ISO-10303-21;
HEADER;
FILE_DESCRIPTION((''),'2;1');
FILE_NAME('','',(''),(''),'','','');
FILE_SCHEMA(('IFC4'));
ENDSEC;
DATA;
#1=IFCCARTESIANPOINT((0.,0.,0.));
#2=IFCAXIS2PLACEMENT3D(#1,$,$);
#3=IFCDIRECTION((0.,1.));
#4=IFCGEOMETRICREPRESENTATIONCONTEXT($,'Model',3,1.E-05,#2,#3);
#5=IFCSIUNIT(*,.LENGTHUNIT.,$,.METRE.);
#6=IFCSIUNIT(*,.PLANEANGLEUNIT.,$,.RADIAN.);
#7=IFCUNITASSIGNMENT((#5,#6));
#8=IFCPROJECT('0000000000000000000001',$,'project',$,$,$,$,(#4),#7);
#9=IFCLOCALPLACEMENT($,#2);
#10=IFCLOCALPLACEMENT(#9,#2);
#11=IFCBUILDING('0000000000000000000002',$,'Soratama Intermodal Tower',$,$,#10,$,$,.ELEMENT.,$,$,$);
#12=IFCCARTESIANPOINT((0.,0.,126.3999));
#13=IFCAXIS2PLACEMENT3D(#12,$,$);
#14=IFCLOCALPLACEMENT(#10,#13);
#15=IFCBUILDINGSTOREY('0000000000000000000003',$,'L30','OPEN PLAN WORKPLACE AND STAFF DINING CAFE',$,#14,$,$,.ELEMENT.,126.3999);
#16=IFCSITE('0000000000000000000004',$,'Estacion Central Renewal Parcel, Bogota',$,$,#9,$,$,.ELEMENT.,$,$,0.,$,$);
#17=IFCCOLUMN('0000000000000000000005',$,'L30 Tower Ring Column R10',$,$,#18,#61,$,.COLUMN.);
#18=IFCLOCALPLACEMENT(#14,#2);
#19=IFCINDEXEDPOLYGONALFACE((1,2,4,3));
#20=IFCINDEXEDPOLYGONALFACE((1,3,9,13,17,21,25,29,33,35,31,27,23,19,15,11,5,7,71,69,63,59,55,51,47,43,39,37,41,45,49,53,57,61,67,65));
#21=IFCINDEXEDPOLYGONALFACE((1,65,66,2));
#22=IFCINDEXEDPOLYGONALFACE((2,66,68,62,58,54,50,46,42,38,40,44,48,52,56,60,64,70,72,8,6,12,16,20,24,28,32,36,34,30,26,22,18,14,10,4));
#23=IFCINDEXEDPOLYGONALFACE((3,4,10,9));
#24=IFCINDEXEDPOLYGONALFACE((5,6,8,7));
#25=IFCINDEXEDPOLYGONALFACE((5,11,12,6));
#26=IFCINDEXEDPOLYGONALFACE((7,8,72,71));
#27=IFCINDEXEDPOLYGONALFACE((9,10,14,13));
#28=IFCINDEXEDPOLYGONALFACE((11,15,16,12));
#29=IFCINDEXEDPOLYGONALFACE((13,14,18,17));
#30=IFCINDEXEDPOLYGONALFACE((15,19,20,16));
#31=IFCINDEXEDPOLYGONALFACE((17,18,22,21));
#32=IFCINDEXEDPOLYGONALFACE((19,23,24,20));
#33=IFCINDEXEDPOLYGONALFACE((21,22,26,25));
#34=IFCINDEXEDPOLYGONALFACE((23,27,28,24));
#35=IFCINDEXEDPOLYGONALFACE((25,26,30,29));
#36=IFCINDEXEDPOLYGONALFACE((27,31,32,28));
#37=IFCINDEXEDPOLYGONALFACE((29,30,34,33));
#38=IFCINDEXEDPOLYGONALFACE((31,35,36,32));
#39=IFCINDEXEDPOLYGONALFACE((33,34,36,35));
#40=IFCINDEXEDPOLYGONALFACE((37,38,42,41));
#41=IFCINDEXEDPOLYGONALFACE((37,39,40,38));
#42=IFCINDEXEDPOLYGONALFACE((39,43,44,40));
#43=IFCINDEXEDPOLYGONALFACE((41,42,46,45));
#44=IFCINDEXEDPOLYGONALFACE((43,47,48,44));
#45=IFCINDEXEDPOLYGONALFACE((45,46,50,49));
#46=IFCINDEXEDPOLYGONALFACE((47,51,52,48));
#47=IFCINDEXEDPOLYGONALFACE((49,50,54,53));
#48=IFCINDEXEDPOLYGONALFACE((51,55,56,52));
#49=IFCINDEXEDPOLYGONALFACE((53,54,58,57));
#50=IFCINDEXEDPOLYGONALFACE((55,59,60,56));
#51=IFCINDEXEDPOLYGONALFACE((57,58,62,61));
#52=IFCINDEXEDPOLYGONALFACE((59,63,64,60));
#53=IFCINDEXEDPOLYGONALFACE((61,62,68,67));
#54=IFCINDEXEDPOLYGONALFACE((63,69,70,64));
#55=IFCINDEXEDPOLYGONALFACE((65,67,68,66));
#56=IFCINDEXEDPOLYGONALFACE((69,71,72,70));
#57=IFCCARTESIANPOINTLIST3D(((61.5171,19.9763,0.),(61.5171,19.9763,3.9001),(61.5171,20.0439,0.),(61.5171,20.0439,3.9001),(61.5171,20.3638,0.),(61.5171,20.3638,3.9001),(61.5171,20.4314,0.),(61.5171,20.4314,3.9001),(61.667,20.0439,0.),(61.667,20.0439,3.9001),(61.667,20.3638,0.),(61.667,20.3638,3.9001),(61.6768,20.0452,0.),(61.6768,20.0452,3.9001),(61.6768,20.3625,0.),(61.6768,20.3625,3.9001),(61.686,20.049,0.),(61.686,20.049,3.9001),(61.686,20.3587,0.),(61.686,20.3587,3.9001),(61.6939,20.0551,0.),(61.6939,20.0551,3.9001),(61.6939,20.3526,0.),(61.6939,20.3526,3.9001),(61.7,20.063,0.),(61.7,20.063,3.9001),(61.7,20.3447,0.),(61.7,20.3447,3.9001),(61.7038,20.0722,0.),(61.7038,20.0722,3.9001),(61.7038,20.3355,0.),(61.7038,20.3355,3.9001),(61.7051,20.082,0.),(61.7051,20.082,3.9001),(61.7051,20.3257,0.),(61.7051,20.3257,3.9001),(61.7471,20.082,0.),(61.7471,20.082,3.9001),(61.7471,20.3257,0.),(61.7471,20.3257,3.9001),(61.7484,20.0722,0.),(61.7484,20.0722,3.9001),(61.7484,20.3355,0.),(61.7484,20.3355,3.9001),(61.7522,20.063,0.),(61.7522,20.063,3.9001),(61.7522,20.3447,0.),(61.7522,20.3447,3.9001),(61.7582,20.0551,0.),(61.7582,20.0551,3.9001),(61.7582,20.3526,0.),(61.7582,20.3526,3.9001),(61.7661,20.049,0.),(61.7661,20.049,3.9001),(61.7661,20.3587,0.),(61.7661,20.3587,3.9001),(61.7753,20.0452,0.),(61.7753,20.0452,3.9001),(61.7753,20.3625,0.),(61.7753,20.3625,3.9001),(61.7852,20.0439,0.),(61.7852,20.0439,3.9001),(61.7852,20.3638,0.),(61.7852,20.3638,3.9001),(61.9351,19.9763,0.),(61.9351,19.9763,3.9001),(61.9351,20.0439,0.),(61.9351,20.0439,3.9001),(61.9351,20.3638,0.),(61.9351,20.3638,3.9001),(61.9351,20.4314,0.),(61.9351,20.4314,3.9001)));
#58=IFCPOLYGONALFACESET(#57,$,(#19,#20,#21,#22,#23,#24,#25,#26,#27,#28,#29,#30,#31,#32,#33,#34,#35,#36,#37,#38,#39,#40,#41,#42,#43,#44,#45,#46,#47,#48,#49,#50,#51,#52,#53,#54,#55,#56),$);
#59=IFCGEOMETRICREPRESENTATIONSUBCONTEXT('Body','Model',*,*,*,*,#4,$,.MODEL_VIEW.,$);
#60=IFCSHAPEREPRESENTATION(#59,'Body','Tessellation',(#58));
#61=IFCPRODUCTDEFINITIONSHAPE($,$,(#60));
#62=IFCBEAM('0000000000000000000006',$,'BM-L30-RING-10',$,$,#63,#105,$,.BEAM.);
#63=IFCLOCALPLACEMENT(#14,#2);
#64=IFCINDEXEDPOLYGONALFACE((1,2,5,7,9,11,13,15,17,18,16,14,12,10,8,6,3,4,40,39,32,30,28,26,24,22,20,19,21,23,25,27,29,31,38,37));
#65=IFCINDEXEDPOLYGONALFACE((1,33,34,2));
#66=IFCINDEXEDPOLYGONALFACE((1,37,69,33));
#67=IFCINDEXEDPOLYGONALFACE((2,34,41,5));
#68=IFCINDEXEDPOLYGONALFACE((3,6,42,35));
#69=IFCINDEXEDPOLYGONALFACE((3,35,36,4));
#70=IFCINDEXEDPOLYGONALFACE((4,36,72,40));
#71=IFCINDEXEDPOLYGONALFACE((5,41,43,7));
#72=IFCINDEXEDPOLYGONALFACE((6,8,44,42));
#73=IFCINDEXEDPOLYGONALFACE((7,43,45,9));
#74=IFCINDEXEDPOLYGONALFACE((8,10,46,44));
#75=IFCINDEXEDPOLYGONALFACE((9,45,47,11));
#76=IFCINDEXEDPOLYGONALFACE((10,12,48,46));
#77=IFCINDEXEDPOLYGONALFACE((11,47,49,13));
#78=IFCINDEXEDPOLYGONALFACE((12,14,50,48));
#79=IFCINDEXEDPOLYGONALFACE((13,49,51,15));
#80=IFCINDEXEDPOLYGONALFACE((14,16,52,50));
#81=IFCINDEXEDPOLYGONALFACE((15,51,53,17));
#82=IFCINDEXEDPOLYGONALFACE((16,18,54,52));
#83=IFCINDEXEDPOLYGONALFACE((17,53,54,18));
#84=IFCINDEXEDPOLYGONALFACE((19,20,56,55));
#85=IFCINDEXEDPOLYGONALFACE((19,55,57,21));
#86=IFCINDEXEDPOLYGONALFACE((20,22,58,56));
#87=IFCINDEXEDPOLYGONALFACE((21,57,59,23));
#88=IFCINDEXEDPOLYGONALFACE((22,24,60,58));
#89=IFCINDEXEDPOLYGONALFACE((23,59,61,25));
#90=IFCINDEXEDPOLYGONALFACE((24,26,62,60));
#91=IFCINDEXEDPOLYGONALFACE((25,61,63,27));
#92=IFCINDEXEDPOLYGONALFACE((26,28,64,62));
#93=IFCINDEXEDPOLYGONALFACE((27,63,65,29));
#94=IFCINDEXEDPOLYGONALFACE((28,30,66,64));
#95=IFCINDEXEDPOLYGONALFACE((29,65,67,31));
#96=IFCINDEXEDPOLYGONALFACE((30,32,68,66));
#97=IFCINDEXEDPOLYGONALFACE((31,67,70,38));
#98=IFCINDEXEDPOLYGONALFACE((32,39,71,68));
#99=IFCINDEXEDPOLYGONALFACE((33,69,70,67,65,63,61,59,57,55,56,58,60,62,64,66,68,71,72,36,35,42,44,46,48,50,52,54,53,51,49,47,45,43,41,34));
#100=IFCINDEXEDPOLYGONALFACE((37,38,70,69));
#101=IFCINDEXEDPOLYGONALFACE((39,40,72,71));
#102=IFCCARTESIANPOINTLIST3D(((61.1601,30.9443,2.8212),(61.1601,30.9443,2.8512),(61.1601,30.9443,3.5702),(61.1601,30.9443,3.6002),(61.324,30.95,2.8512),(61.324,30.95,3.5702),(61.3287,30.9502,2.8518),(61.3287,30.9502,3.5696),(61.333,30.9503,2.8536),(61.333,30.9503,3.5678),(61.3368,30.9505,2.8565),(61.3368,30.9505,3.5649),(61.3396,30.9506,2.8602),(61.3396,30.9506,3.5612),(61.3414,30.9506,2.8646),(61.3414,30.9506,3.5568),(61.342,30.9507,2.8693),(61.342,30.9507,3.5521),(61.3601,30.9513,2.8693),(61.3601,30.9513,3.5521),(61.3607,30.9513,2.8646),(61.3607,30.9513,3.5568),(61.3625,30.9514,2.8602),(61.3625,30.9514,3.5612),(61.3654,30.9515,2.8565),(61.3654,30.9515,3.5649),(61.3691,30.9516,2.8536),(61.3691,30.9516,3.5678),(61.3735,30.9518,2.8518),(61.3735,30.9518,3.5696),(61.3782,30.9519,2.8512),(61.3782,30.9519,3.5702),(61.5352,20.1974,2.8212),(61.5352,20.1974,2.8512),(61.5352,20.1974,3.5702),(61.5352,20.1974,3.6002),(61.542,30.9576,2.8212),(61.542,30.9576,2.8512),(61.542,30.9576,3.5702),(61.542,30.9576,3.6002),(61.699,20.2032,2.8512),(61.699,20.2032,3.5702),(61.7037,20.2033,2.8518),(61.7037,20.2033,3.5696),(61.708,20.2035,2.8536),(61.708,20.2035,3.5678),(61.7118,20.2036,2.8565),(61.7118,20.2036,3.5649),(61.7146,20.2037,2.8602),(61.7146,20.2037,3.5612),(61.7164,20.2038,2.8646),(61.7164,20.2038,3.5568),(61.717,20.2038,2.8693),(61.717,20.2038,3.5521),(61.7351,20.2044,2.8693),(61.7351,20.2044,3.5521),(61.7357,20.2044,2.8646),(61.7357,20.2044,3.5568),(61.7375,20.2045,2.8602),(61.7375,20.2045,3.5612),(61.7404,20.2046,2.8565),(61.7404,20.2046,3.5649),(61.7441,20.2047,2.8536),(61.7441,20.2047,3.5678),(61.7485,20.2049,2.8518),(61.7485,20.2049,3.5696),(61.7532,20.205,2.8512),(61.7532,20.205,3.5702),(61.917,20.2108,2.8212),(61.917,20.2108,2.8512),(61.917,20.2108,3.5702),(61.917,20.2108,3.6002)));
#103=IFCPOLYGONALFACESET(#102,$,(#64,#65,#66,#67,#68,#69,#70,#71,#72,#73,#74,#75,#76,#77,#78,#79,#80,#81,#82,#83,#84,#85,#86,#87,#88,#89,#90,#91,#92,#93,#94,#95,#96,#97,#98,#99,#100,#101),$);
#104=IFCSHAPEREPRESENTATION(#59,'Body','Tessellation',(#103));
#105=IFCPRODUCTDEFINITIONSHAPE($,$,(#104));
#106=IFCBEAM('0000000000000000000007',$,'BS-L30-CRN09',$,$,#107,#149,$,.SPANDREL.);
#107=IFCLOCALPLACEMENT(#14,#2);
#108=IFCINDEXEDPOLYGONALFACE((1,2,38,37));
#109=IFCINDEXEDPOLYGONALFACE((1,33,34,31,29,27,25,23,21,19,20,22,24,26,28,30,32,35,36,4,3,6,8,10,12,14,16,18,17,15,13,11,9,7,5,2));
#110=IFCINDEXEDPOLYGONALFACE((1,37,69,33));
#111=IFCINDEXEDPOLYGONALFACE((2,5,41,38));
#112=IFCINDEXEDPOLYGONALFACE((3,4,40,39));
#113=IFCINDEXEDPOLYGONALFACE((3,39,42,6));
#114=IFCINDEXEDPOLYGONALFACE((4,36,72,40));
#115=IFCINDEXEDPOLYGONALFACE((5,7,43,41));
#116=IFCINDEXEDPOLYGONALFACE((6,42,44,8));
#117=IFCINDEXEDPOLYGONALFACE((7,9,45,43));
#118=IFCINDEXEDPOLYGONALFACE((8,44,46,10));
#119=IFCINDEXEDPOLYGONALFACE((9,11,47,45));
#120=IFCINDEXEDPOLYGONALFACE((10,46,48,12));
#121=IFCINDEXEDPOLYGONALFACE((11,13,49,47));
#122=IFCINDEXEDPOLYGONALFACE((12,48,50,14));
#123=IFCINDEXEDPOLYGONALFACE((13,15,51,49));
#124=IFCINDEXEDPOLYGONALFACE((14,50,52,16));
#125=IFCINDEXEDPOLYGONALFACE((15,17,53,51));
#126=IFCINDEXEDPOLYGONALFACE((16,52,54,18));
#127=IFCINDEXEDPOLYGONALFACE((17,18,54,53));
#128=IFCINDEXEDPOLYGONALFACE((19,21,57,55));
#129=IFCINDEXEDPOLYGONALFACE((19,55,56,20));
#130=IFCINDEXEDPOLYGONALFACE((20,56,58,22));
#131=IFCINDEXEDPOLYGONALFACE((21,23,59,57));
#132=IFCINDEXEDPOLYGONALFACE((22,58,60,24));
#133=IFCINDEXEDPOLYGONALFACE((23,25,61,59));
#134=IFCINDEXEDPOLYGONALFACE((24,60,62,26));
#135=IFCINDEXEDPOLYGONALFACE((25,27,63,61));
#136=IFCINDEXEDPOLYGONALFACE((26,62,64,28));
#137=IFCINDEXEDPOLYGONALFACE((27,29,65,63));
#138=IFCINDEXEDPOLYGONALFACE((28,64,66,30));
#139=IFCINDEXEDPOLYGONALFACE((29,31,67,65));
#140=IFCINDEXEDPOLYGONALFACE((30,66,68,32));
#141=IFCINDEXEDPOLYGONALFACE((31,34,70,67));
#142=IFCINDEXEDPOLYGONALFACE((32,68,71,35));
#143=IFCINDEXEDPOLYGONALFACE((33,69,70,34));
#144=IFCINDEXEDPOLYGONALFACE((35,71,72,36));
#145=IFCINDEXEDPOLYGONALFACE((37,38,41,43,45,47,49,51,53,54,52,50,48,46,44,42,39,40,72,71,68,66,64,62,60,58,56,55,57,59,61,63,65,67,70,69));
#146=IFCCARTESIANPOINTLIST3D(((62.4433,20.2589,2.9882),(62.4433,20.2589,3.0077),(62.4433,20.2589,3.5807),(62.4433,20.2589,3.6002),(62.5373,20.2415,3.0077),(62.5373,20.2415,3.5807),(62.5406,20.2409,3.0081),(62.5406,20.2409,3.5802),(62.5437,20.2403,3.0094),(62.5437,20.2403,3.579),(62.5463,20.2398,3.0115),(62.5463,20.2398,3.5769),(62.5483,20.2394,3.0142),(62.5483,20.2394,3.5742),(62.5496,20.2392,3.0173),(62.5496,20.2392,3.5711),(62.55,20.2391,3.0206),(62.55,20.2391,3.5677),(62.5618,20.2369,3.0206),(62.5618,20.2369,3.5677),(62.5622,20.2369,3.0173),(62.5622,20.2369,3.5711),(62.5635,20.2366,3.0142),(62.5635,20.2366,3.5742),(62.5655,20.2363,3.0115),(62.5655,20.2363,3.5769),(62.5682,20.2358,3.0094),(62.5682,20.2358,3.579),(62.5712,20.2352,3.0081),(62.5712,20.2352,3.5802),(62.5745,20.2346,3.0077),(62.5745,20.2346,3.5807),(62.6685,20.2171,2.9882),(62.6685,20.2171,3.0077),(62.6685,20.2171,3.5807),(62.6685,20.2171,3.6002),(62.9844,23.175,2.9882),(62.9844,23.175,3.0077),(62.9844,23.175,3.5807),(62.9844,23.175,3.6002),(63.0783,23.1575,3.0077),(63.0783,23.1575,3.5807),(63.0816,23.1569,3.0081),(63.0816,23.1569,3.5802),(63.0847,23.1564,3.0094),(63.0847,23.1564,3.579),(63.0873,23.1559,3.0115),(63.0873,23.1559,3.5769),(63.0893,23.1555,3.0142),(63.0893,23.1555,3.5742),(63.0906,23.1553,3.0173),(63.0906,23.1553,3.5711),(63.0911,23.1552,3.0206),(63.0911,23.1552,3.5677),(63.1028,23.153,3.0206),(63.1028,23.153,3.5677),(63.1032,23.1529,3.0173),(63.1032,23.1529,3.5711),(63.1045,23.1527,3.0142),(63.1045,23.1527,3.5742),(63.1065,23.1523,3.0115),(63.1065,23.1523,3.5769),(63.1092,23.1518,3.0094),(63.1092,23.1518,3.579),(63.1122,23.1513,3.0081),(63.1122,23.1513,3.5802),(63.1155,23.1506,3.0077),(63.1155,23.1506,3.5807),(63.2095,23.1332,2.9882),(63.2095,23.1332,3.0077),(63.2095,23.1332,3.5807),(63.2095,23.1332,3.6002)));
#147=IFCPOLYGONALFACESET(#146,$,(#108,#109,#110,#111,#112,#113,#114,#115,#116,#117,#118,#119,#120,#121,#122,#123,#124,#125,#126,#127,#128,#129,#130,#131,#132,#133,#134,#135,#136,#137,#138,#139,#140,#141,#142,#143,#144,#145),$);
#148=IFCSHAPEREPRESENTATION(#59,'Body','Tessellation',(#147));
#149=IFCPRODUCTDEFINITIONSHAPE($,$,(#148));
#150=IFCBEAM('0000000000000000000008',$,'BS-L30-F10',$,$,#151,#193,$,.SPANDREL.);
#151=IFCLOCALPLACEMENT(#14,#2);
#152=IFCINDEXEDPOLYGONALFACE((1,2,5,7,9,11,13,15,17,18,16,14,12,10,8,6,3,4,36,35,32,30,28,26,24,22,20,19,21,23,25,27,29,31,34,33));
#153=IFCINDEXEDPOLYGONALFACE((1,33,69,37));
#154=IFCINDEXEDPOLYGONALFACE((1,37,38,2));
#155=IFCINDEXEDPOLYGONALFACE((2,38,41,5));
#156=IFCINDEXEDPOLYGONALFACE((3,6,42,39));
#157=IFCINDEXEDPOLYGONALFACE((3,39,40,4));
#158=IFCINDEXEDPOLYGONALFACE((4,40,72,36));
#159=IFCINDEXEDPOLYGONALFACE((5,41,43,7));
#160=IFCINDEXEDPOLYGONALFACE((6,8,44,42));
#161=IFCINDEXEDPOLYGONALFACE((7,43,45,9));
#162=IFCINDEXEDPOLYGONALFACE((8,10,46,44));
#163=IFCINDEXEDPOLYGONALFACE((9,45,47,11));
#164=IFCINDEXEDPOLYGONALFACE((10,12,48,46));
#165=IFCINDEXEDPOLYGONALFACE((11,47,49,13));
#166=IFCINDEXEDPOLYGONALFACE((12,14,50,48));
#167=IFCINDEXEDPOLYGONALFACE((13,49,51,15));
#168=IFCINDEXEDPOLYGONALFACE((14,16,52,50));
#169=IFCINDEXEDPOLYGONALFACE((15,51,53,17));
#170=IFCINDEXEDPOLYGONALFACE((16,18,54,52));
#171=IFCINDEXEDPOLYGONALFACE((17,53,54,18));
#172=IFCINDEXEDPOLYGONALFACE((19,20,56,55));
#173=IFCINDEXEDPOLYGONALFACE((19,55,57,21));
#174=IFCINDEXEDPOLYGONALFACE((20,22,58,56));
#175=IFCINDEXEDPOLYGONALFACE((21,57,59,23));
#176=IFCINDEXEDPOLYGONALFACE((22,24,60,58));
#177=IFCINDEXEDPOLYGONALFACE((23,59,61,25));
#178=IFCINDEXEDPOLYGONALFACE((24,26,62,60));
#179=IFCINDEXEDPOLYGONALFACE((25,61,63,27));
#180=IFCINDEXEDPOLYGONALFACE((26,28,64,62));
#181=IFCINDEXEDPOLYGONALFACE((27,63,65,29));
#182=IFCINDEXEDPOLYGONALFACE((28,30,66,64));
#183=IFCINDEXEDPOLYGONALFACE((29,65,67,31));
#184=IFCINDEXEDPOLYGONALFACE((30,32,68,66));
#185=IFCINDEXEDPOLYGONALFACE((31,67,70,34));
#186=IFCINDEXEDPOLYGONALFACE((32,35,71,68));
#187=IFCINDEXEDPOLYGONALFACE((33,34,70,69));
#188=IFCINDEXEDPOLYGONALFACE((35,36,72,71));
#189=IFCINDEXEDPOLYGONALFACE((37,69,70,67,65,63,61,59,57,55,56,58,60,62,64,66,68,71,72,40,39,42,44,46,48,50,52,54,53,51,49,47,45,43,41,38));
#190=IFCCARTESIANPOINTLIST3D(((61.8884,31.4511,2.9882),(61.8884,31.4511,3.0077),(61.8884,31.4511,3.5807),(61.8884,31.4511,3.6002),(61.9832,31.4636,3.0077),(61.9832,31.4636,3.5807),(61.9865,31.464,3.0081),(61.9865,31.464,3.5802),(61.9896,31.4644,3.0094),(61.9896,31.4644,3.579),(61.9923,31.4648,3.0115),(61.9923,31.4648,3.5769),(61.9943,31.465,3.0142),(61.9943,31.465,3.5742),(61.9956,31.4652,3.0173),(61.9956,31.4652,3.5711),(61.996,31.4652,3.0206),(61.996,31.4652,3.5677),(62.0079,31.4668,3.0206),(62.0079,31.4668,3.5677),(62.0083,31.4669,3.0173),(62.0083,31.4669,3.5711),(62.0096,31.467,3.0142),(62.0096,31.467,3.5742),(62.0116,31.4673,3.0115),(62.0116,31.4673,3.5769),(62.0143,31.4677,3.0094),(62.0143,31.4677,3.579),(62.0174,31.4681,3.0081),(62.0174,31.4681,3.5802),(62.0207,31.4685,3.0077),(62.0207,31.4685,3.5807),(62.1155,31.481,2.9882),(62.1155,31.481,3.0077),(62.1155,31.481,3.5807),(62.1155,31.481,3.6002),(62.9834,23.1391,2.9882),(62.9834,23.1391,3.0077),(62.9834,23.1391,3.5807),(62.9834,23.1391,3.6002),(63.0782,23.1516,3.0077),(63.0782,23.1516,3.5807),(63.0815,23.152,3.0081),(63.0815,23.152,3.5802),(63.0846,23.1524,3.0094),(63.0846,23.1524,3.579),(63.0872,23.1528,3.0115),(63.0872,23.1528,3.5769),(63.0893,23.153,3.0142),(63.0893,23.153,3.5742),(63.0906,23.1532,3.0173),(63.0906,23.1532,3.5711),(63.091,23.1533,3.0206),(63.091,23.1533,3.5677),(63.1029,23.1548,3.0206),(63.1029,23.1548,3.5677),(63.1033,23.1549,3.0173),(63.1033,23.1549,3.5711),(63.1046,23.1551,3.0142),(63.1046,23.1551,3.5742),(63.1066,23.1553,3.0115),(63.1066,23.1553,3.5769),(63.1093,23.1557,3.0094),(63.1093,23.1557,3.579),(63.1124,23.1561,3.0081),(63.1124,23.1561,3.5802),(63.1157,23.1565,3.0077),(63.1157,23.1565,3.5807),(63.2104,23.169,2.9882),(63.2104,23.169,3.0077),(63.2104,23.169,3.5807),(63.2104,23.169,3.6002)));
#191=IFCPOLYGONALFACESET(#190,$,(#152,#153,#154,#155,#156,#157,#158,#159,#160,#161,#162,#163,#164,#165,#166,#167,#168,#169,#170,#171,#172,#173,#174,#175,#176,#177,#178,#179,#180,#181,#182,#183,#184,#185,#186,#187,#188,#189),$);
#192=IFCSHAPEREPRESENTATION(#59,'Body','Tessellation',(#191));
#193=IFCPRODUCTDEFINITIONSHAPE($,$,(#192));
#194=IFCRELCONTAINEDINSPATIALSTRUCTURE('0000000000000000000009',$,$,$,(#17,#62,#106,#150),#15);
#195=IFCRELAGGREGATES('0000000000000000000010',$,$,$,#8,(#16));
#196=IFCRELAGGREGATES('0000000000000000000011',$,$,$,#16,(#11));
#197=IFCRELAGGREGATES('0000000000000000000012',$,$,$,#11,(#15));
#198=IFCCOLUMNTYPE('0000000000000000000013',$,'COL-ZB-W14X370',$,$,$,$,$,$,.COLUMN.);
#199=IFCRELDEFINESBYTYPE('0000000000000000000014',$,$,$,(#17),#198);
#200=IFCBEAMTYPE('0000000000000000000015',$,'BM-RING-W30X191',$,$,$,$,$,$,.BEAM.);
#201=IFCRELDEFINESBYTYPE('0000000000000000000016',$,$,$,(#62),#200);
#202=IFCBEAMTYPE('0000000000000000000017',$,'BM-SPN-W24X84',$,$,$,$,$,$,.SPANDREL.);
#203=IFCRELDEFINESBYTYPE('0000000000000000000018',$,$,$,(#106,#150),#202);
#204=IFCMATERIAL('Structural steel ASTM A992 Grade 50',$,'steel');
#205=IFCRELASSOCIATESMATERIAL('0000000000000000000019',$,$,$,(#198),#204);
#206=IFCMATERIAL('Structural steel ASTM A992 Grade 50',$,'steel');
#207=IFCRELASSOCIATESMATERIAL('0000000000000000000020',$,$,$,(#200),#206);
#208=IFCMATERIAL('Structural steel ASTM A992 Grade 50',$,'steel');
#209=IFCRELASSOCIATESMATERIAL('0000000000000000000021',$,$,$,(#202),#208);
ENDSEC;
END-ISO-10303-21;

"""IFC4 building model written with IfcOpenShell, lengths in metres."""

from ifc_helpers import new_model, si_unit, direction, frame, origin, origin_2d, place, context, subcontext, project, spatial, i_section, extrude, material, material_profile, profile_set, type_object, element, save


model = new_model("IFC4")

# Units and contexts
model_context = context("Model", 3, precision=1e-05, world=origin(), true_north=direction((0.0, 1.0)))
body_context = subcontext(model_context, "Body", "Model", "MODEL_VIEW")
ifc_project = project(units=[si_unit("LENGTHUNIT", "METRE"), si_unit("PLANEANGLEUNIT", "RADIAN")], contexts=[model_context])

# Site, building, storey
site_placement = place(None, origin())
site = spatial("IfcSite", under=ifc_project, at=site_placement, Name="Estacion Central Renewal Parcel, Bogota", CompositionType="ELEMENT", RefElevation=0.0)
building_placement = place(site_placement, origin())
building = spatial("IfcBuilding", under=site, at=building_placement, Name="Soratama Intermodal Tower", CompositionType="ELEMENT")
storey_placement = place(building_placement, frame((0.0, 0.0, 126.3999)))
storey = spatial("IfcBuildingStorey", under=building, at=storey_placement, Name="L30", Description="OPEN PLAN WORKPLACE AND STAFF DINING CAFE", CompositionType="ELEMENT", Elevation=126.3999)

# Column
ifc_material_1 = material(Name="Structural steel ASTM A992 Grade 50", Category="steel")
ifc_material_profile_1 = material_profile(ifc_material_1, i_section(OverallWidth=0.418, OverallDepth=0.4551, WebThickness=0.042, FlangeThickness=0.0676, FilletRadius=0.0381, at=origin_2d()), Name="W14X370")
ifc_profile_set_1 = profile_set([ifc_material_profile_1], Name="Structural steel ASTM A992 Grade 50")
column_type = type_object("IfcColumnType", Name="COL-ZB-W14X370", PredefinedType="COLUMN", material=ifc_profile_set_1)
column_placement = place(storey_placement, frame((61.7261, 20.2039, 0.0), z_axis=(0.0, 0.0, 1.0), x_axis=(1.0, 0.0, 0.0)))
element("IfcColumn", 1, at=column_placement, inside=storey, type_object=column_type, Name="L30 Tower Ring Column R10", PredefinedType="COLUMN", context=body_context, shape_type="SweptSolid", body=[
    extrude(i_section(OverallWidth=0.418, OverallDepth=0.4551, WebThickness=0.042, FlangeThickness=0.0676, FilletRadius=0.0381, at=origin_2d()), origin(), (0.0, 0.0, 1.0), 3.9001),
])

# Beams
ifc_material_2 = material(Name="Structural steel ASTM A992 Grade 50", Category="steel")
ifc_material_profile_2 = material_profile(ifc_material_2, i_section(OverallWidth=0.3821, OverallDepth=0.7791, WebThickness=0.0181, FlangeThickness=0.03, FilletRadius=0.0181, at=origin_2d()), Name="W30X191")
ifc_profile_set_2 = profile_set([ifc_material_profile_2], Name="Structural steel ASTM A992 Grade 50")
beam_type_1 = type_object("IfcBeamType", Name="BM-RING-W30X191", PredefinedType="BEAM", material=ifc_profile_set_2)
beam_1_placement = place(storey_placement, frame((61.7261, 20.2041, 3.2107), z_axis=(-0.034873, 0.999392, 0.0), x_axis=(-0.999392, -0.034873, 0.0)))
element("IfcBeam", 2, at=beam_1_placement, inside=storey, type_object=beam_type_1, Name="BM-L30-RING-10", PredefinedType="BEAM", context=body_context, shape_type="SweptSolid", body=[
    extrude(i_section(OverallWidth=0.3821, OverallDepth=0.7791, WebThickness=0.0181, FlangeThickness=0.03, FilletRadius=0.0181, at=origin_2d()), origin(), (0.0, 0.0, 1.0), 10.7534),
])
ifc_material_3 = material(Name="Structural steel ASTM A992 Grade 50", Category="steel")
ifc_material_profile_3 = material_profile(ifc_material_3, i_section(OverallWidth=0.229, OverallDepth=0.6121, WebThickness=0.012, FlangeThickness=0.0195, FilletRadius=0.0129, at=origin_2d()), Name="W24X84")
ifc_profile_set_3 = profile_set([ifc_material_profile_3], Name="Structural steel ASTM A992 Grade 50")
beam_type_2 = type_object("IfcBeamType", Name="BM-SPN-W24X84", PredefinedType="SPANDREL", material=ifc_profile_set_3)
beam_2_placement = place(storey_placement, frame((62.5559, 20.238, 3.2942), z_axis=(0.182419, 0.983221, 0.0), x_axis=(-0.983221, 0.182419, 0.0)))
element("IfcBeam", 3, at=beam_2_placement, inside=storey, type_object=beam_type_2, Name="BS-L30-CRN09", PredefinedType="SPANDREL", context=body_context, shape_type="SweptSolid", body=[
    extrude(i_section(OverallWidth=0.229, OverallDepth=0.6121, WebThickness=0.012, FlangeThickness=0.0195, FilletRadius=0.0129, at=origin_2d()), origin(), (0.0, 0.0, 1.0), 2.9658),
])
beam_3_placement = place(storey_placement, frame((63.0969, 23.1541, 3.2942), z_axis=(-0.130605, 0.991434, 0.0), x_axis=(-0.991434, -0.130605, 0.0)))
element("IfcBeam", 4, at=beam_3_placement, inside=storey, type_object=beam_type_2, Name="BS-L30-F10", PredefinedType="SPANDREL", context=body_context, shape_type="SweptSolid", body=[
    extrude(i_section(OverallWidth=0.229, OverallDepth=0.6121, WebThickness=0.012, FlangeThickness=0.0195, FilletRadius=0.0129, at=origin_2d()), origin(), (0.0, 0.0, 1.0), 8.3838),
])

save(model, "model.ifc")
